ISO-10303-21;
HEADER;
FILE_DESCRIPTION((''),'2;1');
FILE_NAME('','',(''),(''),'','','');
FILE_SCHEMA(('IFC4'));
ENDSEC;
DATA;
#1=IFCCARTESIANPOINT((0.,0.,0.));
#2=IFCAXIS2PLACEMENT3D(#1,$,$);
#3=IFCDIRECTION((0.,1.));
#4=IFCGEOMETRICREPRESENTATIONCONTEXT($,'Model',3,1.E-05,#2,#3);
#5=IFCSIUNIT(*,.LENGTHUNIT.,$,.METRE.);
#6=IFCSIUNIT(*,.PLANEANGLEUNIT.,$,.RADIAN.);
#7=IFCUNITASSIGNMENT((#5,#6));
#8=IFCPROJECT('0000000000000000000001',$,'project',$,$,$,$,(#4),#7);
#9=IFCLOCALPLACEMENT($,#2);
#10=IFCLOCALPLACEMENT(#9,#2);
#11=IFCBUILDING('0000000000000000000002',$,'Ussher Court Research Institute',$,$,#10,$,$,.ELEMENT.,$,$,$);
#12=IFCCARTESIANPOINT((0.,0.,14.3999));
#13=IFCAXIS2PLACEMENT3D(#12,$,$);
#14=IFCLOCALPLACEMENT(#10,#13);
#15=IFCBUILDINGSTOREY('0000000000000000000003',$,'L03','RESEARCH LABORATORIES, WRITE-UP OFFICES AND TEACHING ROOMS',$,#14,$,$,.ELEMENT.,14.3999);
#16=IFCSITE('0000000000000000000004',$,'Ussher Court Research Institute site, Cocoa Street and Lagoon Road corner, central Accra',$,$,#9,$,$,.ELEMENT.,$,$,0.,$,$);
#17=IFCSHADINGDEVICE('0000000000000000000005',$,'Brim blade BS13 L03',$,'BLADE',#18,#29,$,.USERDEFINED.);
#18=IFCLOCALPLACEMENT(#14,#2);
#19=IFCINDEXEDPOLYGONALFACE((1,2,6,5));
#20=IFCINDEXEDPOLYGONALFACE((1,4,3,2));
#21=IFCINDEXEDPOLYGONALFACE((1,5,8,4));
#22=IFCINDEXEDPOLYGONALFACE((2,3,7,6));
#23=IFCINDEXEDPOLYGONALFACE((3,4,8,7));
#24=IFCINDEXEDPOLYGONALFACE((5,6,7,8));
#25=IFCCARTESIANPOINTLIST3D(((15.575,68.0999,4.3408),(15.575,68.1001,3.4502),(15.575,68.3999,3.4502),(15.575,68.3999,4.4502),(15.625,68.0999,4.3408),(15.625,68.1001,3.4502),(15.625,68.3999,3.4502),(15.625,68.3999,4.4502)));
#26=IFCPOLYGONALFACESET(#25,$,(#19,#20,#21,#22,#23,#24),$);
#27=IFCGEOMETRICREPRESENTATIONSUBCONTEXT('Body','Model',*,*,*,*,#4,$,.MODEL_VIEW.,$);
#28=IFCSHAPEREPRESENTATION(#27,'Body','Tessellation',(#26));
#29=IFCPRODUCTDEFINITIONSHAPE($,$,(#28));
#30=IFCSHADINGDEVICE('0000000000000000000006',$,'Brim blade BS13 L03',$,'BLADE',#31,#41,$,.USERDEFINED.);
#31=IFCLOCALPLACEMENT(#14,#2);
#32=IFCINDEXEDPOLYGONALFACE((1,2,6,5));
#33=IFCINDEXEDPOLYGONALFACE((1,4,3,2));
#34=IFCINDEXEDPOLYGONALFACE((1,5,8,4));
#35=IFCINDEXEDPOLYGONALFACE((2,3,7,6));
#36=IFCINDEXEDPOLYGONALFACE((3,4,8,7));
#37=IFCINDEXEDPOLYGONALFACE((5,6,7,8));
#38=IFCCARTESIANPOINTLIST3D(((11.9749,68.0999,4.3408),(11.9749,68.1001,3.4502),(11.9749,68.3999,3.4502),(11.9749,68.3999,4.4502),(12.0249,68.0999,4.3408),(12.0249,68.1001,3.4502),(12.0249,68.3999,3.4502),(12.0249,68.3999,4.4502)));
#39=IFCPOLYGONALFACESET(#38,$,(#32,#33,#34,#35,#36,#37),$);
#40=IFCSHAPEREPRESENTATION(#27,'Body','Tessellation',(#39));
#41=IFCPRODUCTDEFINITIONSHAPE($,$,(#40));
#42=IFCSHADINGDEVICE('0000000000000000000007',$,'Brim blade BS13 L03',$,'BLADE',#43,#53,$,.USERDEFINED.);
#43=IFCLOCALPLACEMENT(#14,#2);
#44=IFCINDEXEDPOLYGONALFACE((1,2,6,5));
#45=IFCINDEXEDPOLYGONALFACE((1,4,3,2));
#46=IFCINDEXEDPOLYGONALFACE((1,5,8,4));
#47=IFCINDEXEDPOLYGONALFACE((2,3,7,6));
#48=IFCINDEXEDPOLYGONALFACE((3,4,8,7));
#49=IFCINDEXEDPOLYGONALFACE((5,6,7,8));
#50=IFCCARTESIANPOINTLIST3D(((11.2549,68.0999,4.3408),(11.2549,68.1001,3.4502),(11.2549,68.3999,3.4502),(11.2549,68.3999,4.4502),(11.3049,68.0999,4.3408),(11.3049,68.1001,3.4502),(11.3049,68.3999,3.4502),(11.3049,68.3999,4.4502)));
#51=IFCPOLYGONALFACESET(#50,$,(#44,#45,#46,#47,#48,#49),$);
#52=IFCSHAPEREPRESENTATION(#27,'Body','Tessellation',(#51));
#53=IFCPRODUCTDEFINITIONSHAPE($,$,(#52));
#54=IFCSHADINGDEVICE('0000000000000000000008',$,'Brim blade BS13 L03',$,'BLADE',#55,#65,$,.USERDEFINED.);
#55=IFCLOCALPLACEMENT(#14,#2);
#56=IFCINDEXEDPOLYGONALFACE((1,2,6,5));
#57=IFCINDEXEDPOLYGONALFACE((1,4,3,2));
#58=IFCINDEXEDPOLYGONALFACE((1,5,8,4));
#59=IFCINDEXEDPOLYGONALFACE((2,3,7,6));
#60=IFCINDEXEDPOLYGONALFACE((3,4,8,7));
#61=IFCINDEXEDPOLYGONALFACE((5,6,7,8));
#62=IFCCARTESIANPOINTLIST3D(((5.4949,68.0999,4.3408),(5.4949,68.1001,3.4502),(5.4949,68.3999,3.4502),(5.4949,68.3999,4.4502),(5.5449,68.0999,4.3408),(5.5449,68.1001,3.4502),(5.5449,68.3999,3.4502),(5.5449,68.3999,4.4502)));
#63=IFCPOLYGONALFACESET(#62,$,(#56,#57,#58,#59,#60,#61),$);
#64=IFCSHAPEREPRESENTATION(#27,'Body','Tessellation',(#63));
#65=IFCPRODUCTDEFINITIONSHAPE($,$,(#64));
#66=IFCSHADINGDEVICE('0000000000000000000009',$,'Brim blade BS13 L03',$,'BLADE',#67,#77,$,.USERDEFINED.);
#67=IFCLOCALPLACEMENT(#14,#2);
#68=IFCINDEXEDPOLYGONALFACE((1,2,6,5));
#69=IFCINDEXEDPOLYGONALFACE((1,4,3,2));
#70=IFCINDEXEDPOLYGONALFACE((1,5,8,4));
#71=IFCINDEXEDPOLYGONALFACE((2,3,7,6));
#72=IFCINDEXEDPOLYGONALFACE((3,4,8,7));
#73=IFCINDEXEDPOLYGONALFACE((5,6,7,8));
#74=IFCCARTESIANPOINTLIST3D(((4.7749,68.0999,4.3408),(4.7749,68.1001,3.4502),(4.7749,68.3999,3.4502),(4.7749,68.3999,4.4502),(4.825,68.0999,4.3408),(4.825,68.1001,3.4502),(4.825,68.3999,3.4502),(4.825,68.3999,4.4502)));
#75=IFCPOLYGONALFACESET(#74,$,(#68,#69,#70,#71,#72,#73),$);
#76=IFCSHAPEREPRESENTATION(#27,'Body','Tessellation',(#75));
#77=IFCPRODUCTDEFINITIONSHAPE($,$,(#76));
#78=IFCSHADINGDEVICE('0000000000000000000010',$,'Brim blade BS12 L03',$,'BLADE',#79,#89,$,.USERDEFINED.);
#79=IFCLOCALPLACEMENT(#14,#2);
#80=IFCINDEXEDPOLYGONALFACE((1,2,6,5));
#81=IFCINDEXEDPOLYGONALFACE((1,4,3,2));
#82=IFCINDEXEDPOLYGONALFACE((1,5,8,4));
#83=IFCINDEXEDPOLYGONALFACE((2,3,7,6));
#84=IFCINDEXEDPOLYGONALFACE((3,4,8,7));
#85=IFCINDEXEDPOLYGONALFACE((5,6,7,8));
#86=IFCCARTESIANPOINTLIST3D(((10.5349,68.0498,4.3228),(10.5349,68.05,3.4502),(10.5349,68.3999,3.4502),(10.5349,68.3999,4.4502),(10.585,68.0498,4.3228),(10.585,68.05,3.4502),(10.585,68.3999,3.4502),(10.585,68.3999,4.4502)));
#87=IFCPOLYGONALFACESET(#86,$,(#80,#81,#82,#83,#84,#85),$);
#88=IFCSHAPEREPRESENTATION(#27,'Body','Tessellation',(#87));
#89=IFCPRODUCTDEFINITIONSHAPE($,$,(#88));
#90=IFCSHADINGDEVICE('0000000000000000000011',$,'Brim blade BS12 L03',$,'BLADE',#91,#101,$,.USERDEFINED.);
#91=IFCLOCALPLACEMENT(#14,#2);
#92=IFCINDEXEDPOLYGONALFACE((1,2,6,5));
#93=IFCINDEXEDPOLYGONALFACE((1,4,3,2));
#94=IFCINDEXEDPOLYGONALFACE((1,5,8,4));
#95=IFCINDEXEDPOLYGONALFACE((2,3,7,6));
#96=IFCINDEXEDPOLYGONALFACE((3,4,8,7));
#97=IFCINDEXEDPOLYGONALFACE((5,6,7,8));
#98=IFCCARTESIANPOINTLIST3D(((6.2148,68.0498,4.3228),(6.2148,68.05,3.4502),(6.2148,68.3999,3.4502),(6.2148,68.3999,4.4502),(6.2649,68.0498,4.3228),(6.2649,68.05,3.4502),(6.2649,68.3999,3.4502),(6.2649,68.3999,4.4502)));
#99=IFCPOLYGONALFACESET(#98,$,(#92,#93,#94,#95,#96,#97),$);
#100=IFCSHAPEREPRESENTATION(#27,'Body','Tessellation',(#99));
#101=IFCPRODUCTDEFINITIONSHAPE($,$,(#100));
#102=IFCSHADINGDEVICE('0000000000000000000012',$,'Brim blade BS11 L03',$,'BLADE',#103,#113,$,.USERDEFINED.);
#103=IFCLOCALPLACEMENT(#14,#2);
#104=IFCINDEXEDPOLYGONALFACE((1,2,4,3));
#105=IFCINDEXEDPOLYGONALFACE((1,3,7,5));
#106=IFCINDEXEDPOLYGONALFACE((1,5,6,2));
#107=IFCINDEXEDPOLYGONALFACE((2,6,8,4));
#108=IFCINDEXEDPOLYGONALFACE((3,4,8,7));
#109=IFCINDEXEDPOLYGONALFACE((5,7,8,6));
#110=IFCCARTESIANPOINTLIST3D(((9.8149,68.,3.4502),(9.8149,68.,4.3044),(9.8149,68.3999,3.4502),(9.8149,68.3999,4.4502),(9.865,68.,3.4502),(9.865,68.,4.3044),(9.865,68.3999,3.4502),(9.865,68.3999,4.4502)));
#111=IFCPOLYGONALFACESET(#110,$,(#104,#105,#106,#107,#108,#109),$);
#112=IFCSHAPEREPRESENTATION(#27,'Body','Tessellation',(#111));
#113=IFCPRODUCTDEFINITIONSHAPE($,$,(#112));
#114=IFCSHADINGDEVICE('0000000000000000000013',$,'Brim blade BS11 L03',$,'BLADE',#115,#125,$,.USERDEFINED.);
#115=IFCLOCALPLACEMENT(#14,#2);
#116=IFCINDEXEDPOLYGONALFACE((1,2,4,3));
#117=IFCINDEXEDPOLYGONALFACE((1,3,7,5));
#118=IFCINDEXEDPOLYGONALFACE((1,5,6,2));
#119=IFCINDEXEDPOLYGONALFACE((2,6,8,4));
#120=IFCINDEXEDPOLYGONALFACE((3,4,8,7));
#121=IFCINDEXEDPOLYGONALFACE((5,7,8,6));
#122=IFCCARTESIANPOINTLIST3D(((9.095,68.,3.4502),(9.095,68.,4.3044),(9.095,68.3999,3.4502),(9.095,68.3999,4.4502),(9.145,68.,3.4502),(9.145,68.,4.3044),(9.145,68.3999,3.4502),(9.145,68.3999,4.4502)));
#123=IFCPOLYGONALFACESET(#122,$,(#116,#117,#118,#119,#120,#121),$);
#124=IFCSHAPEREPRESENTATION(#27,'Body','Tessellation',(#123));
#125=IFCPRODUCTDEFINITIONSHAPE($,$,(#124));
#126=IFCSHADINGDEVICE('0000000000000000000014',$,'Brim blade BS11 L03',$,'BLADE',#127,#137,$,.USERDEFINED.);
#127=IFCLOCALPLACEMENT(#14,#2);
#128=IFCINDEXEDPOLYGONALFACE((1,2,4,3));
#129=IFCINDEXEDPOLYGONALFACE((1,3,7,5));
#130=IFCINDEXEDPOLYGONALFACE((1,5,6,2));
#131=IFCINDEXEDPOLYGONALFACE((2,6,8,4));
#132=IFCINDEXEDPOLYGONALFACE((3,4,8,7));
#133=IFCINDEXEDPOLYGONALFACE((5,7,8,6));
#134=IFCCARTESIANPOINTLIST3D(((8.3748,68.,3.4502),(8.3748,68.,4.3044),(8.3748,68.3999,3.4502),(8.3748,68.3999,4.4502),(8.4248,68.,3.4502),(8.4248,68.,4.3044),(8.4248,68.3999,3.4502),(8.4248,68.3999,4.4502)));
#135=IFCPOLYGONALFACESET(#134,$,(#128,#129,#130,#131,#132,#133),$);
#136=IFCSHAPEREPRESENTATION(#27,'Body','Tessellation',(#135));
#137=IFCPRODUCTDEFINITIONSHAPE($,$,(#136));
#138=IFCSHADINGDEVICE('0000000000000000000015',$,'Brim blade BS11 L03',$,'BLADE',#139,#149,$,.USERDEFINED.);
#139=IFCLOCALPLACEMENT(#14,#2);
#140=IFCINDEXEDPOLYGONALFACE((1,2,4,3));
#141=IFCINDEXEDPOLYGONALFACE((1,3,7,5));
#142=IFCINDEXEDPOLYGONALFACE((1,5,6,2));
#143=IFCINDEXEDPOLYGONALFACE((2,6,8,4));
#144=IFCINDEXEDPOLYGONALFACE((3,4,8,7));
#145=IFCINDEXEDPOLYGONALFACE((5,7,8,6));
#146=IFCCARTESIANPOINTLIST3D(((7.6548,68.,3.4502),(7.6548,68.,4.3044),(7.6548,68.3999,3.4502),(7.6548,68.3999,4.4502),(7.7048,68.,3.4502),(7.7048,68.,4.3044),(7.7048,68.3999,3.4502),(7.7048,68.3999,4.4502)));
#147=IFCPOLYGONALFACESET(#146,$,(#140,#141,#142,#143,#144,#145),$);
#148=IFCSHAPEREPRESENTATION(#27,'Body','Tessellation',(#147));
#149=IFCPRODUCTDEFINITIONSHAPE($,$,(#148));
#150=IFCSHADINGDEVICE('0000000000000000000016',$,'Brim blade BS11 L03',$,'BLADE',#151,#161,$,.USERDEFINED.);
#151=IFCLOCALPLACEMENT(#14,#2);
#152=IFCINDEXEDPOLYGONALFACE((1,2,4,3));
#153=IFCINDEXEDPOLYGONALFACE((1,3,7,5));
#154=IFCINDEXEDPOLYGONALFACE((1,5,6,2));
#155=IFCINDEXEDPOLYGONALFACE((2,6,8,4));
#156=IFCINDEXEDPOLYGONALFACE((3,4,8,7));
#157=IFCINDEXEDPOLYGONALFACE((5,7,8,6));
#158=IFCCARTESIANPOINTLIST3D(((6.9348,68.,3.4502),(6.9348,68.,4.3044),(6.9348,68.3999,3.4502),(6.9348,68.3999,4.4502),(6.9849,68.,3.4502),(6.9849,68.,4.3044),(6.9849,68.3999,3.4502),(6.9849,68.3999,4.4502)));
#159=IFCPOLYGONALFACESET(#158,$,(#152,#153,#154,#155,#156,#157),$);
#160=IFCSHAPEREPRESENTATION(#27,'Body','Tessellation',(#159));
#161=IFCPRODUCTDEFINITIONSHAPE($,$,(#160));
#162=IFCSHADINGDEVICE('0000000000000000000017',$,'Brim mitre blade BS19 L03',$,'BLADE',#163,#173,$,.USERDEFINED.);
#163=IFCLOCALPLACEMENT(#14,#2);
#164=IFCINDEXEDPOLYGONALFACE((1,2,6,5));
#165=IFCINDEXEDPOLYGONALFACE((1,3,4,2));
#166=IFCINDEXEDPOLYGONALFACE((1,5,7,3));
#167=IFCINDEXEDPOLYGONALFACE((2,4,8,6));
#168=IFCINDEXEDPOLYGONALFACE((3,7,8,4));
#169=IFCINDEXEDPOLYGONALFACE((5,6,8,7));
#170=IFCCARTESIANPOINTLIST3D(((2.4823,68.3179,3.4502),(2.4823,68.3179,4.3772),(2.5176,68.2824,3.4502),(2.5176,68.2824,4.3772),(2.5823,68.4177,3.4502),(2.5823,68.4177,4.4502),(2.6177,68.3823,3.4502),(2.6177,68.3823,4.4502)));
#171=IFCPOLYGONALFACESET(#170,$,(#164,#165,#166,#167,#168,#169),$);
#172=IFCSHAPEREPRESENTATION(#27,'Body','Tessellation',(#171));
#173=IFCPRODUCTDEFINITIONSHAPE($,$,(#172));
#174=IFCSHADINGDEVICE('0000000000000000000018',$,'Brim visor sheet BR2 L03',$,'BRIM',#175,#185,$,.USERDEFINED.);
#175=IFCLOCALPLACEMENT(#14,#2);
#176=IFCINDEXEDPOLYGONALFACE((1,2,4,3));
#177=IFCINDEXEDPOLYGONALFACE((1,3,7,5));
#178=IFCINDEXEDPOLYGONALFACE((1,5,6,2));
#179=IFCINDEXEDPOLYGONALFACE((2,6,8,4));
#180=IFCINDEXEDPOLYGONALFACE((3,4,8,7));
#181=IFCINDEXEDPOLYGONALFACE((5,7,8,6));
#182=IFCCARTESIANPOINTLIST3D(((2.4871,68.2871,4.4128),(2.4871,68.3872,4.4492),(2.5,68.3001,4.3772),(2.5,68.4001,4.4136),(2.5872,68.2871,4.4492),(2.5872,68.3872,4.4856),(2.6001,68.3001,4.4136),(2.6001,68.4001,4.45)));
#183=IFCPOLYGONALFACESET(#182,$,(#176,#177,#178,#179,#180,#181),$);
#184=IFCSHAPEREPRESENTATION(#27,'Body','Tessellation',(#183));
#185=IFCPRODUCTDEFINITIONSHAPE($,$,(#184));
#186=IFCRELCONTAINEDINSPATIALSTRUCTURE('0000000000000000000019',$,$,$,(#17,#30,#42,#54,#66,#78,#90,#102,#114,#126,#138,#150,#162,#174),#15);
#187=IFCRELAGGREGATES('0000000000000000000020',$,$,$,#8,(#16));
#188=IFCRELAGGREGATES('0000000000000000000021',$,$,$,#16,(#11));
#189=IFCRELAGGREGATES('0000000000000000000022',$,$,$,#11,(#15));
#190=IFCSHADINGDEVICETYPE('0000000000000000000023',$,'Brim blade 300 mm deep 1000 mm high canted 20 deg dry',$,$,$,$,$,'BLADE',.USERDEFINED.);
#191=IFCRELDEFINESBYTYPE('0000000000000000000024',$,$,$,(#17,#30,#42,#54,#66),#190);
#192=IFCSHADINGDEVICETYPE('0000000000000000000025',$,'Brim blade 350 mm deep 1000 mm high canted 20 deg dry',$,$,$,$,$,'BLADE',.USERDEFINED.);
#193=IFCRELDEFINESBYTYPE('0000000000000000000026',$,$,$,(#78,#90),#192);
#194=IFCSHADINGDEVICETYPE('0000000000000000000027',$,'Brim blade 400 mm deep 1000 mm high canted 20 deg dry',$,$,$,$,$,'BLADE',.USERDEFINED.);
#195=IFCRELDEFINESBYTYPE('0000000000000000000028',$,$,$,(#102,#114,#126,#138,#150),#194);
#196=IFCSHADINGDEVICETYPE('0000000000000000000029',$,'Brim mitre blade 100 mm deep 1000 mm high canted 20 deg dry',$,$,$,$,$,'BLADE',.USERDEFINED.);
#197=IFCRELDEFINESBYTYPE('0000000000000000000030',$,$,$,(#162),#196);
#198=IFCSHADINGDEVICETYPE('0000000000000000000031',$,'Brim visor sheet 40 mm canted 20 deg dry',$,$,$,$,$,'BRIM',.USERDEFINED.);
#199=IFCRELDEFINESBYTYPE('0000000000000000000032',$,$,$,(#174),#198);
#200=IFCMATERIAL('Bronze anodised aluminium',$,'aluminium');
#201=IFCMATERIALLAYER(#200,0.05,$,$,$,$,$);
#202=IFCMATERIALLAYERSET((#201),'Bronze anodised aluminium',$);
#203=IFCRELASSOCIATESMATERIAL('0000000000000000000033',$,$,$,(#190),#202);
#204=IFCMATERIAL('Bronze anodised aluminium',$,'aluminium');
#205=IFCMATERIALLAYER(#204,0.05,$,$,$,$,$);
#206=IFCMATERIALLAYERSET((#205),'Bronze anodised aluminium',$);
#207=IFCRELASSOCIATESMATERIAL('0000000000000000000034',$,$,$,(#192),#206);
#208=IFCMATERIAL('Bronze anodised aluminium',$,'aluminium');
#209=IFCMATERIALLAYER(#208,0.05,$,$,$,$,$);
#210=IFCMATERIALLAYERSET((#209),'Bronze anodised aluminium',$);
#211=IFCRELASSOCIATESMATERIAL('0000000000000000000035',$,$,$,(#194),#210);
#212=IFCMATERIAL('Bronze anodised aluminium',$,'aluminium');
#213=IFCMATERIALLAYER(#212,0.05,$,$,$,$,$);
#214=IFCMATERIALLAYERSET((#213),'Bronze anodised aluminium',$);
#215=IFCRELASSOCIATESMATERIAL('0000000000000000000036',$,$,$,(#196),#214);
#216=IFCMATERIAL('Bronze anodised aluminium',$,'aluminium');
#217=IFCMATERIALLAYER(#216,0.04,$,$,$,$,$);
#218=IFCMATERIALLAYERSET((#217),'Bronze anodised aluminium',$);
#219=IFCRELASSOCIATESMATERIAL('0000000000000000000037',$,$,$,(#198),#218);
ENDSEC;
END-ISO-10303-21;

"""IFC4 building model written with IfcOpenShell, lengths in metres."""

from ifc_helpers import new_model, si_unit, direction, frame, origin, place, context, subcontext, project, spatial, polyline, outline, extrude, material, layer, layer_set, type_object, element, save


model = new_model("IFC4")

# Units and contexts
model_context = context("Model", 3, precision=1e-05, world=origin(), true_north=direction((0.0, 1.0)))
body_context = subcontext(model_context, "Body", "Model", "MODEL_VIEW")
ifc_project = project(units=[si_unit("LENGTHUNIT", "METRE"), si_unit("PLANEANGLEUNIT", "RADIAN")], contexts=[model_context])

# Site, building, storey
site_placement = place(None, origin())
site = spatial("IfcSite", under=ifc_project, at=site_placement, Name="Ussher Court Research Institute site, Cocoa Street and Lagoon Road corner, central Accra", CompositionType="ELEMENT", RefElevation=0.0)
building_placement = place(site_placement, origin())
building = spatial("IfcBuilding", under=site, at=building_placement, Name="Ussher Court Research Institute", CompositionType="ELEMENT")
storey_placement = place(building_placement, frame((0.0, 0.0, 14.3999)))
storey = spatial("IfcBuildingStorey", under=building, at=storey_placement, Name="L03", Description="RESEARCH LABORATORIES, WRITE-UP OFFICES AND TEACHING ROOMS", CompositionType="ELEMENT", Elevation=14.3999)

# Shading devices
ifc_material_1 = material(Name="Bronze anodised aluminium", Category="aluminium")
ifc_layer_1 = layer(ifc_material_1, 0.05)
ifc_layer_set_1 = layer_set([ifc_layer_1], Name="Bronze anodised aluminium")
shading_device_type_1 = type_object("IfcShadingDeviceType", Name="Brim blade 300 mm deep 1000 mm high canted 20 deg dry", ElementType="BLADE", PredefinedType="USERDEFINED", material=ifc_layer_set_1)
for number, where, z_axis, x_axis, name in (
    (1, (15.6001, 68.3999, 3.4502), (0.0, 0.0, 1.0), (0.0, -1.0, 0.0), "Brim blade BS13 L03"),
    (2, (12.0, 68.3999, 3.4502), (0.0, 0.0, 1.0), (0.0, -1.0, 0.0), "Brim blade BS13 L03"),
    (3, (11.28, 68.3999, 3.4502), (0.0, 0.0, 1.0), (0.0, -1.0, 0.0), "Brim blade BS13 L03"),
    (4, (5.52, 68.3999, 3.4502), (0.0, 0.0, 1.0), (0.0, -1.0, 0.0), "Brim blade BS13 L03"),
    (5, (4.8, 68.3999, 3.4502), (0.0, 0.0, 1.0), (0.0, -1.0, 0.0), "Brim blade BS13 L03"),
):
    element("IfcShadingDevice", number, at=place(storey_placement, frame(where, z_axis=z_axis, x_axis=x_axis)), inside=storey, type_object=shading_device_type_1, Name=name, ObjectType="BLADE", PredefinedType="USERDEFINED", context=body_context, shape_type="SweptSolid", body=[
        extrude(outline(polyline([(0.0, 0.0), (0.2998, 0.0), (0.3, 0.8906), (0.0, 1.0), (0.0, 0.0)])), frame((0.0, 0.0249, 0.0), z_axis=(0.0, -1.0, 0.0), x_axis=(1.0, 0.0, 0.0)), (0.0, 0.0, 1.0), 0.05),
    ])
ifc_material_2 = material(Name="Bronze anodised aluminium", Category="aluminium")
ifc_layer_2 = layer(ifc_material_2, 0.05)
ifc_layer_set_2 = layer_set([ifc_layer_2], Name="Bronze anodised aluminium")
shading_device_type_2 = type_object("IfcShadingDeviceType", Name="Brim blade 350 mm deep 1000 mm high canted 20 deg dry", ElementType="BLADE", PredefinedType="USERDEFINED", material=ifc_layer_set_2)
for number, where, z_axis, x_axis, name in (
    (6, (10.5601, 68.3999, 3.4502), (0.0, 0.0, 1.0), (0.0, -1.0, 0.0), "Brim blade BS12 L03"),
    (7, (6.24, 68.3999, 3.4502), (0.0, 0.0, 1.0), (0.0, -1.0, 0.0), "Brim blade BS12 L03"),
):
    element("IfcShadingDevice", number, at=place(storey_placement, frame(where, z_axis=z_axis, x_axis=x_axis)), inside=storey, type_object=shading_device_type_2, Name=name, ObjectType="BLADE", PredefinedType="USERDEFINED", context=body_context, shape_type="SweptSolid", body=[
        extrude(outline(polyline([(0.0, 0.0), (0.3499, 0.0), (0.3501, 0.8726), (0.0, 1.0), (0.0, 0.0)])), frame((0.0, 0.0249, 0.0), z_axis=(0.0, -1.0, 0.0), x_axis=(1.0, 0.0, 0.0)), (0.0, 0.0, 1.0), 0.05),
    ])
ifc_material_3 = material(Name="Bronze anodised aluminium", Category="aluminium")
ifc_layer_3 = layer(ifc_material_3, 0.05)
ifc_layer_set_3 = layer_set([ifc_layer_3], Name="Bronze anodised aluminium")
shading_device_type_3 = type_object("IfcShadingDeviceType", Name="Brim blade 400 mm deep 1000 mm high canted 20 deg dry", ElementType="BLADE", PredefinedType="USERDEFINED", material=ifc_layer_set_3)
for number, where, z_axis, x_axis, name in (
    (8, (9.8401, 68.3999, 3.4502), (0.0, 0.0, 1.0), (0.0, -1.0, 0.0), "Brim blade BS11 L03"),
    (9, (9.1201, 68.3999, 3.4502), (0.0, 0.0, 1.0), (0.0, -1.0, 0.0), "Brim blade BS11 L03"),
    (10, (8.3999, 68.3999, 3.4502), (0.0, 0.0, 1.0), (0.0, -1.0, 0.0), "Brim blade BS11 L03"),
    (11, (7.6799, 68.3999, 3.4502), (0.0, 0.0, 1.0), (0.0, -1.0, 0.0), "Brim blade BS11 L03"),
    (12, (6.96, 68.3999, 3.4502), (0.0, 0.0, 1.0), (0.0, -1.0, 0.0), "Brim blade BS11 L03"),
):
    element("IfcShadingDevice", number, at=place(storey_placement, frame(where, z_axis=z_axis, x_axis=x_axis)), inside=storey, type_object=shading_device_type_3, Name=name, ObjectType="BLADE", PredefinedType="USERDEFINED", context=body_context, shape_type="SweptSolid", body=[
        extrude(outline(polyline([(0.0, 0.0), (0.3999, 0.0), (0.3999, 0.8542), (0.0, 1.0), (0.0, 0.0)])), frame((0.0, 0.0249, 0.0), z_axis=(0.0, -1.0, 0.0), x_axis=(1.0, 0.0, 0.0)), (0.0, 0.0, 1.0), 0.05),
    ])
ifc_material_4 = material(Name="Bronze anodised aluminium", Category="aluminium")
ifc_layer_4 = layer(ifc_material_4, 0.05)
ifc_layer_set_4 = layer_set([ifc_layer_4], Name="Bronze anodised aluminium")
shading_device_type_4 = type_object("IfcShadingDeviceType", Name="Brim mitre blade 100 mm deep 1000 mm high canted 20 deg dry", ElementType="BLADE", PredefinedType="USERDEFINED", material=ifc_layer_set_4)
shading_device_1_placement = place(storey_placement, frame((2.6001, 68.3999, 3.4502), z_axis=(0.0, 0.0, 1.0), x_axis=(-0.70797, -0.706243, 0.0)))
element("IfcShadingDevice", 13, at=shading_device_1_placement, inside=storey, type_object=shading_device_type_4, Name="Brim mitre blade BS19 L03", ObjectType="BLADE", PredefinedType="USERDEFINED", context=body_context, shape_type="SweptSolid", body=[
    extrude(outline(polyline([(0.0, 0.0), (0.1414, 0.0), (0.1414, 0.927), (0.0, 1.0), (0.0, 0.0)])), frame((0.0, 0.0249, 0.0), z_axis=(0.0, -1.0, 0.0), x_axis=(1.0, 0.0, 0.0)), (0.0, 0.0, 1.0), 0.05),
])
ifc_material_5 = material(Name="Bronze anodised aluminium", Category="aluminium")
ifc_layer_5 = layer(ifc_material_5, 0.04)
ifc_layer_set_5 = layer_set([ifc_layer_5], Name="Bronze anodised aluminium")
shading_device_type_5 = type_object("IfcShadingDeviceType", Name="Brim visor sheet 40 mm canted 20 deg dry", ElementType="BRIM", PredefinedType="USERDEFINED", material=ifc_layer_set_5)
shading_device_2_placement = place(storey_placement, frame((2.5872, 68.3872, 4.4856), z_axis=(-0.323225, -0.323225, 0.889411), x_axis=(-0.93986, 0.0, -0.341559)))
element("IfcShadingDevice", 14, at=shading_device_2_placement, inside=storey, type_object=shading_device_type_5, Name="Brim visor sheet BR2 L03", ObjectType="BRIM", PredefinedType="USERDEFINED", context=body_context, shape_type="SweptSolid", body=[
    extrude(outline(polyline([(0.0, 0.0), (0.1065, 0.0), (0.1189, 0.1058), (0.0124, 0.1058), (0.0, 0.0)])), origin(), (0.0, 0.0, -1.0), 0.04),
])

save(model, "model.ifc")
